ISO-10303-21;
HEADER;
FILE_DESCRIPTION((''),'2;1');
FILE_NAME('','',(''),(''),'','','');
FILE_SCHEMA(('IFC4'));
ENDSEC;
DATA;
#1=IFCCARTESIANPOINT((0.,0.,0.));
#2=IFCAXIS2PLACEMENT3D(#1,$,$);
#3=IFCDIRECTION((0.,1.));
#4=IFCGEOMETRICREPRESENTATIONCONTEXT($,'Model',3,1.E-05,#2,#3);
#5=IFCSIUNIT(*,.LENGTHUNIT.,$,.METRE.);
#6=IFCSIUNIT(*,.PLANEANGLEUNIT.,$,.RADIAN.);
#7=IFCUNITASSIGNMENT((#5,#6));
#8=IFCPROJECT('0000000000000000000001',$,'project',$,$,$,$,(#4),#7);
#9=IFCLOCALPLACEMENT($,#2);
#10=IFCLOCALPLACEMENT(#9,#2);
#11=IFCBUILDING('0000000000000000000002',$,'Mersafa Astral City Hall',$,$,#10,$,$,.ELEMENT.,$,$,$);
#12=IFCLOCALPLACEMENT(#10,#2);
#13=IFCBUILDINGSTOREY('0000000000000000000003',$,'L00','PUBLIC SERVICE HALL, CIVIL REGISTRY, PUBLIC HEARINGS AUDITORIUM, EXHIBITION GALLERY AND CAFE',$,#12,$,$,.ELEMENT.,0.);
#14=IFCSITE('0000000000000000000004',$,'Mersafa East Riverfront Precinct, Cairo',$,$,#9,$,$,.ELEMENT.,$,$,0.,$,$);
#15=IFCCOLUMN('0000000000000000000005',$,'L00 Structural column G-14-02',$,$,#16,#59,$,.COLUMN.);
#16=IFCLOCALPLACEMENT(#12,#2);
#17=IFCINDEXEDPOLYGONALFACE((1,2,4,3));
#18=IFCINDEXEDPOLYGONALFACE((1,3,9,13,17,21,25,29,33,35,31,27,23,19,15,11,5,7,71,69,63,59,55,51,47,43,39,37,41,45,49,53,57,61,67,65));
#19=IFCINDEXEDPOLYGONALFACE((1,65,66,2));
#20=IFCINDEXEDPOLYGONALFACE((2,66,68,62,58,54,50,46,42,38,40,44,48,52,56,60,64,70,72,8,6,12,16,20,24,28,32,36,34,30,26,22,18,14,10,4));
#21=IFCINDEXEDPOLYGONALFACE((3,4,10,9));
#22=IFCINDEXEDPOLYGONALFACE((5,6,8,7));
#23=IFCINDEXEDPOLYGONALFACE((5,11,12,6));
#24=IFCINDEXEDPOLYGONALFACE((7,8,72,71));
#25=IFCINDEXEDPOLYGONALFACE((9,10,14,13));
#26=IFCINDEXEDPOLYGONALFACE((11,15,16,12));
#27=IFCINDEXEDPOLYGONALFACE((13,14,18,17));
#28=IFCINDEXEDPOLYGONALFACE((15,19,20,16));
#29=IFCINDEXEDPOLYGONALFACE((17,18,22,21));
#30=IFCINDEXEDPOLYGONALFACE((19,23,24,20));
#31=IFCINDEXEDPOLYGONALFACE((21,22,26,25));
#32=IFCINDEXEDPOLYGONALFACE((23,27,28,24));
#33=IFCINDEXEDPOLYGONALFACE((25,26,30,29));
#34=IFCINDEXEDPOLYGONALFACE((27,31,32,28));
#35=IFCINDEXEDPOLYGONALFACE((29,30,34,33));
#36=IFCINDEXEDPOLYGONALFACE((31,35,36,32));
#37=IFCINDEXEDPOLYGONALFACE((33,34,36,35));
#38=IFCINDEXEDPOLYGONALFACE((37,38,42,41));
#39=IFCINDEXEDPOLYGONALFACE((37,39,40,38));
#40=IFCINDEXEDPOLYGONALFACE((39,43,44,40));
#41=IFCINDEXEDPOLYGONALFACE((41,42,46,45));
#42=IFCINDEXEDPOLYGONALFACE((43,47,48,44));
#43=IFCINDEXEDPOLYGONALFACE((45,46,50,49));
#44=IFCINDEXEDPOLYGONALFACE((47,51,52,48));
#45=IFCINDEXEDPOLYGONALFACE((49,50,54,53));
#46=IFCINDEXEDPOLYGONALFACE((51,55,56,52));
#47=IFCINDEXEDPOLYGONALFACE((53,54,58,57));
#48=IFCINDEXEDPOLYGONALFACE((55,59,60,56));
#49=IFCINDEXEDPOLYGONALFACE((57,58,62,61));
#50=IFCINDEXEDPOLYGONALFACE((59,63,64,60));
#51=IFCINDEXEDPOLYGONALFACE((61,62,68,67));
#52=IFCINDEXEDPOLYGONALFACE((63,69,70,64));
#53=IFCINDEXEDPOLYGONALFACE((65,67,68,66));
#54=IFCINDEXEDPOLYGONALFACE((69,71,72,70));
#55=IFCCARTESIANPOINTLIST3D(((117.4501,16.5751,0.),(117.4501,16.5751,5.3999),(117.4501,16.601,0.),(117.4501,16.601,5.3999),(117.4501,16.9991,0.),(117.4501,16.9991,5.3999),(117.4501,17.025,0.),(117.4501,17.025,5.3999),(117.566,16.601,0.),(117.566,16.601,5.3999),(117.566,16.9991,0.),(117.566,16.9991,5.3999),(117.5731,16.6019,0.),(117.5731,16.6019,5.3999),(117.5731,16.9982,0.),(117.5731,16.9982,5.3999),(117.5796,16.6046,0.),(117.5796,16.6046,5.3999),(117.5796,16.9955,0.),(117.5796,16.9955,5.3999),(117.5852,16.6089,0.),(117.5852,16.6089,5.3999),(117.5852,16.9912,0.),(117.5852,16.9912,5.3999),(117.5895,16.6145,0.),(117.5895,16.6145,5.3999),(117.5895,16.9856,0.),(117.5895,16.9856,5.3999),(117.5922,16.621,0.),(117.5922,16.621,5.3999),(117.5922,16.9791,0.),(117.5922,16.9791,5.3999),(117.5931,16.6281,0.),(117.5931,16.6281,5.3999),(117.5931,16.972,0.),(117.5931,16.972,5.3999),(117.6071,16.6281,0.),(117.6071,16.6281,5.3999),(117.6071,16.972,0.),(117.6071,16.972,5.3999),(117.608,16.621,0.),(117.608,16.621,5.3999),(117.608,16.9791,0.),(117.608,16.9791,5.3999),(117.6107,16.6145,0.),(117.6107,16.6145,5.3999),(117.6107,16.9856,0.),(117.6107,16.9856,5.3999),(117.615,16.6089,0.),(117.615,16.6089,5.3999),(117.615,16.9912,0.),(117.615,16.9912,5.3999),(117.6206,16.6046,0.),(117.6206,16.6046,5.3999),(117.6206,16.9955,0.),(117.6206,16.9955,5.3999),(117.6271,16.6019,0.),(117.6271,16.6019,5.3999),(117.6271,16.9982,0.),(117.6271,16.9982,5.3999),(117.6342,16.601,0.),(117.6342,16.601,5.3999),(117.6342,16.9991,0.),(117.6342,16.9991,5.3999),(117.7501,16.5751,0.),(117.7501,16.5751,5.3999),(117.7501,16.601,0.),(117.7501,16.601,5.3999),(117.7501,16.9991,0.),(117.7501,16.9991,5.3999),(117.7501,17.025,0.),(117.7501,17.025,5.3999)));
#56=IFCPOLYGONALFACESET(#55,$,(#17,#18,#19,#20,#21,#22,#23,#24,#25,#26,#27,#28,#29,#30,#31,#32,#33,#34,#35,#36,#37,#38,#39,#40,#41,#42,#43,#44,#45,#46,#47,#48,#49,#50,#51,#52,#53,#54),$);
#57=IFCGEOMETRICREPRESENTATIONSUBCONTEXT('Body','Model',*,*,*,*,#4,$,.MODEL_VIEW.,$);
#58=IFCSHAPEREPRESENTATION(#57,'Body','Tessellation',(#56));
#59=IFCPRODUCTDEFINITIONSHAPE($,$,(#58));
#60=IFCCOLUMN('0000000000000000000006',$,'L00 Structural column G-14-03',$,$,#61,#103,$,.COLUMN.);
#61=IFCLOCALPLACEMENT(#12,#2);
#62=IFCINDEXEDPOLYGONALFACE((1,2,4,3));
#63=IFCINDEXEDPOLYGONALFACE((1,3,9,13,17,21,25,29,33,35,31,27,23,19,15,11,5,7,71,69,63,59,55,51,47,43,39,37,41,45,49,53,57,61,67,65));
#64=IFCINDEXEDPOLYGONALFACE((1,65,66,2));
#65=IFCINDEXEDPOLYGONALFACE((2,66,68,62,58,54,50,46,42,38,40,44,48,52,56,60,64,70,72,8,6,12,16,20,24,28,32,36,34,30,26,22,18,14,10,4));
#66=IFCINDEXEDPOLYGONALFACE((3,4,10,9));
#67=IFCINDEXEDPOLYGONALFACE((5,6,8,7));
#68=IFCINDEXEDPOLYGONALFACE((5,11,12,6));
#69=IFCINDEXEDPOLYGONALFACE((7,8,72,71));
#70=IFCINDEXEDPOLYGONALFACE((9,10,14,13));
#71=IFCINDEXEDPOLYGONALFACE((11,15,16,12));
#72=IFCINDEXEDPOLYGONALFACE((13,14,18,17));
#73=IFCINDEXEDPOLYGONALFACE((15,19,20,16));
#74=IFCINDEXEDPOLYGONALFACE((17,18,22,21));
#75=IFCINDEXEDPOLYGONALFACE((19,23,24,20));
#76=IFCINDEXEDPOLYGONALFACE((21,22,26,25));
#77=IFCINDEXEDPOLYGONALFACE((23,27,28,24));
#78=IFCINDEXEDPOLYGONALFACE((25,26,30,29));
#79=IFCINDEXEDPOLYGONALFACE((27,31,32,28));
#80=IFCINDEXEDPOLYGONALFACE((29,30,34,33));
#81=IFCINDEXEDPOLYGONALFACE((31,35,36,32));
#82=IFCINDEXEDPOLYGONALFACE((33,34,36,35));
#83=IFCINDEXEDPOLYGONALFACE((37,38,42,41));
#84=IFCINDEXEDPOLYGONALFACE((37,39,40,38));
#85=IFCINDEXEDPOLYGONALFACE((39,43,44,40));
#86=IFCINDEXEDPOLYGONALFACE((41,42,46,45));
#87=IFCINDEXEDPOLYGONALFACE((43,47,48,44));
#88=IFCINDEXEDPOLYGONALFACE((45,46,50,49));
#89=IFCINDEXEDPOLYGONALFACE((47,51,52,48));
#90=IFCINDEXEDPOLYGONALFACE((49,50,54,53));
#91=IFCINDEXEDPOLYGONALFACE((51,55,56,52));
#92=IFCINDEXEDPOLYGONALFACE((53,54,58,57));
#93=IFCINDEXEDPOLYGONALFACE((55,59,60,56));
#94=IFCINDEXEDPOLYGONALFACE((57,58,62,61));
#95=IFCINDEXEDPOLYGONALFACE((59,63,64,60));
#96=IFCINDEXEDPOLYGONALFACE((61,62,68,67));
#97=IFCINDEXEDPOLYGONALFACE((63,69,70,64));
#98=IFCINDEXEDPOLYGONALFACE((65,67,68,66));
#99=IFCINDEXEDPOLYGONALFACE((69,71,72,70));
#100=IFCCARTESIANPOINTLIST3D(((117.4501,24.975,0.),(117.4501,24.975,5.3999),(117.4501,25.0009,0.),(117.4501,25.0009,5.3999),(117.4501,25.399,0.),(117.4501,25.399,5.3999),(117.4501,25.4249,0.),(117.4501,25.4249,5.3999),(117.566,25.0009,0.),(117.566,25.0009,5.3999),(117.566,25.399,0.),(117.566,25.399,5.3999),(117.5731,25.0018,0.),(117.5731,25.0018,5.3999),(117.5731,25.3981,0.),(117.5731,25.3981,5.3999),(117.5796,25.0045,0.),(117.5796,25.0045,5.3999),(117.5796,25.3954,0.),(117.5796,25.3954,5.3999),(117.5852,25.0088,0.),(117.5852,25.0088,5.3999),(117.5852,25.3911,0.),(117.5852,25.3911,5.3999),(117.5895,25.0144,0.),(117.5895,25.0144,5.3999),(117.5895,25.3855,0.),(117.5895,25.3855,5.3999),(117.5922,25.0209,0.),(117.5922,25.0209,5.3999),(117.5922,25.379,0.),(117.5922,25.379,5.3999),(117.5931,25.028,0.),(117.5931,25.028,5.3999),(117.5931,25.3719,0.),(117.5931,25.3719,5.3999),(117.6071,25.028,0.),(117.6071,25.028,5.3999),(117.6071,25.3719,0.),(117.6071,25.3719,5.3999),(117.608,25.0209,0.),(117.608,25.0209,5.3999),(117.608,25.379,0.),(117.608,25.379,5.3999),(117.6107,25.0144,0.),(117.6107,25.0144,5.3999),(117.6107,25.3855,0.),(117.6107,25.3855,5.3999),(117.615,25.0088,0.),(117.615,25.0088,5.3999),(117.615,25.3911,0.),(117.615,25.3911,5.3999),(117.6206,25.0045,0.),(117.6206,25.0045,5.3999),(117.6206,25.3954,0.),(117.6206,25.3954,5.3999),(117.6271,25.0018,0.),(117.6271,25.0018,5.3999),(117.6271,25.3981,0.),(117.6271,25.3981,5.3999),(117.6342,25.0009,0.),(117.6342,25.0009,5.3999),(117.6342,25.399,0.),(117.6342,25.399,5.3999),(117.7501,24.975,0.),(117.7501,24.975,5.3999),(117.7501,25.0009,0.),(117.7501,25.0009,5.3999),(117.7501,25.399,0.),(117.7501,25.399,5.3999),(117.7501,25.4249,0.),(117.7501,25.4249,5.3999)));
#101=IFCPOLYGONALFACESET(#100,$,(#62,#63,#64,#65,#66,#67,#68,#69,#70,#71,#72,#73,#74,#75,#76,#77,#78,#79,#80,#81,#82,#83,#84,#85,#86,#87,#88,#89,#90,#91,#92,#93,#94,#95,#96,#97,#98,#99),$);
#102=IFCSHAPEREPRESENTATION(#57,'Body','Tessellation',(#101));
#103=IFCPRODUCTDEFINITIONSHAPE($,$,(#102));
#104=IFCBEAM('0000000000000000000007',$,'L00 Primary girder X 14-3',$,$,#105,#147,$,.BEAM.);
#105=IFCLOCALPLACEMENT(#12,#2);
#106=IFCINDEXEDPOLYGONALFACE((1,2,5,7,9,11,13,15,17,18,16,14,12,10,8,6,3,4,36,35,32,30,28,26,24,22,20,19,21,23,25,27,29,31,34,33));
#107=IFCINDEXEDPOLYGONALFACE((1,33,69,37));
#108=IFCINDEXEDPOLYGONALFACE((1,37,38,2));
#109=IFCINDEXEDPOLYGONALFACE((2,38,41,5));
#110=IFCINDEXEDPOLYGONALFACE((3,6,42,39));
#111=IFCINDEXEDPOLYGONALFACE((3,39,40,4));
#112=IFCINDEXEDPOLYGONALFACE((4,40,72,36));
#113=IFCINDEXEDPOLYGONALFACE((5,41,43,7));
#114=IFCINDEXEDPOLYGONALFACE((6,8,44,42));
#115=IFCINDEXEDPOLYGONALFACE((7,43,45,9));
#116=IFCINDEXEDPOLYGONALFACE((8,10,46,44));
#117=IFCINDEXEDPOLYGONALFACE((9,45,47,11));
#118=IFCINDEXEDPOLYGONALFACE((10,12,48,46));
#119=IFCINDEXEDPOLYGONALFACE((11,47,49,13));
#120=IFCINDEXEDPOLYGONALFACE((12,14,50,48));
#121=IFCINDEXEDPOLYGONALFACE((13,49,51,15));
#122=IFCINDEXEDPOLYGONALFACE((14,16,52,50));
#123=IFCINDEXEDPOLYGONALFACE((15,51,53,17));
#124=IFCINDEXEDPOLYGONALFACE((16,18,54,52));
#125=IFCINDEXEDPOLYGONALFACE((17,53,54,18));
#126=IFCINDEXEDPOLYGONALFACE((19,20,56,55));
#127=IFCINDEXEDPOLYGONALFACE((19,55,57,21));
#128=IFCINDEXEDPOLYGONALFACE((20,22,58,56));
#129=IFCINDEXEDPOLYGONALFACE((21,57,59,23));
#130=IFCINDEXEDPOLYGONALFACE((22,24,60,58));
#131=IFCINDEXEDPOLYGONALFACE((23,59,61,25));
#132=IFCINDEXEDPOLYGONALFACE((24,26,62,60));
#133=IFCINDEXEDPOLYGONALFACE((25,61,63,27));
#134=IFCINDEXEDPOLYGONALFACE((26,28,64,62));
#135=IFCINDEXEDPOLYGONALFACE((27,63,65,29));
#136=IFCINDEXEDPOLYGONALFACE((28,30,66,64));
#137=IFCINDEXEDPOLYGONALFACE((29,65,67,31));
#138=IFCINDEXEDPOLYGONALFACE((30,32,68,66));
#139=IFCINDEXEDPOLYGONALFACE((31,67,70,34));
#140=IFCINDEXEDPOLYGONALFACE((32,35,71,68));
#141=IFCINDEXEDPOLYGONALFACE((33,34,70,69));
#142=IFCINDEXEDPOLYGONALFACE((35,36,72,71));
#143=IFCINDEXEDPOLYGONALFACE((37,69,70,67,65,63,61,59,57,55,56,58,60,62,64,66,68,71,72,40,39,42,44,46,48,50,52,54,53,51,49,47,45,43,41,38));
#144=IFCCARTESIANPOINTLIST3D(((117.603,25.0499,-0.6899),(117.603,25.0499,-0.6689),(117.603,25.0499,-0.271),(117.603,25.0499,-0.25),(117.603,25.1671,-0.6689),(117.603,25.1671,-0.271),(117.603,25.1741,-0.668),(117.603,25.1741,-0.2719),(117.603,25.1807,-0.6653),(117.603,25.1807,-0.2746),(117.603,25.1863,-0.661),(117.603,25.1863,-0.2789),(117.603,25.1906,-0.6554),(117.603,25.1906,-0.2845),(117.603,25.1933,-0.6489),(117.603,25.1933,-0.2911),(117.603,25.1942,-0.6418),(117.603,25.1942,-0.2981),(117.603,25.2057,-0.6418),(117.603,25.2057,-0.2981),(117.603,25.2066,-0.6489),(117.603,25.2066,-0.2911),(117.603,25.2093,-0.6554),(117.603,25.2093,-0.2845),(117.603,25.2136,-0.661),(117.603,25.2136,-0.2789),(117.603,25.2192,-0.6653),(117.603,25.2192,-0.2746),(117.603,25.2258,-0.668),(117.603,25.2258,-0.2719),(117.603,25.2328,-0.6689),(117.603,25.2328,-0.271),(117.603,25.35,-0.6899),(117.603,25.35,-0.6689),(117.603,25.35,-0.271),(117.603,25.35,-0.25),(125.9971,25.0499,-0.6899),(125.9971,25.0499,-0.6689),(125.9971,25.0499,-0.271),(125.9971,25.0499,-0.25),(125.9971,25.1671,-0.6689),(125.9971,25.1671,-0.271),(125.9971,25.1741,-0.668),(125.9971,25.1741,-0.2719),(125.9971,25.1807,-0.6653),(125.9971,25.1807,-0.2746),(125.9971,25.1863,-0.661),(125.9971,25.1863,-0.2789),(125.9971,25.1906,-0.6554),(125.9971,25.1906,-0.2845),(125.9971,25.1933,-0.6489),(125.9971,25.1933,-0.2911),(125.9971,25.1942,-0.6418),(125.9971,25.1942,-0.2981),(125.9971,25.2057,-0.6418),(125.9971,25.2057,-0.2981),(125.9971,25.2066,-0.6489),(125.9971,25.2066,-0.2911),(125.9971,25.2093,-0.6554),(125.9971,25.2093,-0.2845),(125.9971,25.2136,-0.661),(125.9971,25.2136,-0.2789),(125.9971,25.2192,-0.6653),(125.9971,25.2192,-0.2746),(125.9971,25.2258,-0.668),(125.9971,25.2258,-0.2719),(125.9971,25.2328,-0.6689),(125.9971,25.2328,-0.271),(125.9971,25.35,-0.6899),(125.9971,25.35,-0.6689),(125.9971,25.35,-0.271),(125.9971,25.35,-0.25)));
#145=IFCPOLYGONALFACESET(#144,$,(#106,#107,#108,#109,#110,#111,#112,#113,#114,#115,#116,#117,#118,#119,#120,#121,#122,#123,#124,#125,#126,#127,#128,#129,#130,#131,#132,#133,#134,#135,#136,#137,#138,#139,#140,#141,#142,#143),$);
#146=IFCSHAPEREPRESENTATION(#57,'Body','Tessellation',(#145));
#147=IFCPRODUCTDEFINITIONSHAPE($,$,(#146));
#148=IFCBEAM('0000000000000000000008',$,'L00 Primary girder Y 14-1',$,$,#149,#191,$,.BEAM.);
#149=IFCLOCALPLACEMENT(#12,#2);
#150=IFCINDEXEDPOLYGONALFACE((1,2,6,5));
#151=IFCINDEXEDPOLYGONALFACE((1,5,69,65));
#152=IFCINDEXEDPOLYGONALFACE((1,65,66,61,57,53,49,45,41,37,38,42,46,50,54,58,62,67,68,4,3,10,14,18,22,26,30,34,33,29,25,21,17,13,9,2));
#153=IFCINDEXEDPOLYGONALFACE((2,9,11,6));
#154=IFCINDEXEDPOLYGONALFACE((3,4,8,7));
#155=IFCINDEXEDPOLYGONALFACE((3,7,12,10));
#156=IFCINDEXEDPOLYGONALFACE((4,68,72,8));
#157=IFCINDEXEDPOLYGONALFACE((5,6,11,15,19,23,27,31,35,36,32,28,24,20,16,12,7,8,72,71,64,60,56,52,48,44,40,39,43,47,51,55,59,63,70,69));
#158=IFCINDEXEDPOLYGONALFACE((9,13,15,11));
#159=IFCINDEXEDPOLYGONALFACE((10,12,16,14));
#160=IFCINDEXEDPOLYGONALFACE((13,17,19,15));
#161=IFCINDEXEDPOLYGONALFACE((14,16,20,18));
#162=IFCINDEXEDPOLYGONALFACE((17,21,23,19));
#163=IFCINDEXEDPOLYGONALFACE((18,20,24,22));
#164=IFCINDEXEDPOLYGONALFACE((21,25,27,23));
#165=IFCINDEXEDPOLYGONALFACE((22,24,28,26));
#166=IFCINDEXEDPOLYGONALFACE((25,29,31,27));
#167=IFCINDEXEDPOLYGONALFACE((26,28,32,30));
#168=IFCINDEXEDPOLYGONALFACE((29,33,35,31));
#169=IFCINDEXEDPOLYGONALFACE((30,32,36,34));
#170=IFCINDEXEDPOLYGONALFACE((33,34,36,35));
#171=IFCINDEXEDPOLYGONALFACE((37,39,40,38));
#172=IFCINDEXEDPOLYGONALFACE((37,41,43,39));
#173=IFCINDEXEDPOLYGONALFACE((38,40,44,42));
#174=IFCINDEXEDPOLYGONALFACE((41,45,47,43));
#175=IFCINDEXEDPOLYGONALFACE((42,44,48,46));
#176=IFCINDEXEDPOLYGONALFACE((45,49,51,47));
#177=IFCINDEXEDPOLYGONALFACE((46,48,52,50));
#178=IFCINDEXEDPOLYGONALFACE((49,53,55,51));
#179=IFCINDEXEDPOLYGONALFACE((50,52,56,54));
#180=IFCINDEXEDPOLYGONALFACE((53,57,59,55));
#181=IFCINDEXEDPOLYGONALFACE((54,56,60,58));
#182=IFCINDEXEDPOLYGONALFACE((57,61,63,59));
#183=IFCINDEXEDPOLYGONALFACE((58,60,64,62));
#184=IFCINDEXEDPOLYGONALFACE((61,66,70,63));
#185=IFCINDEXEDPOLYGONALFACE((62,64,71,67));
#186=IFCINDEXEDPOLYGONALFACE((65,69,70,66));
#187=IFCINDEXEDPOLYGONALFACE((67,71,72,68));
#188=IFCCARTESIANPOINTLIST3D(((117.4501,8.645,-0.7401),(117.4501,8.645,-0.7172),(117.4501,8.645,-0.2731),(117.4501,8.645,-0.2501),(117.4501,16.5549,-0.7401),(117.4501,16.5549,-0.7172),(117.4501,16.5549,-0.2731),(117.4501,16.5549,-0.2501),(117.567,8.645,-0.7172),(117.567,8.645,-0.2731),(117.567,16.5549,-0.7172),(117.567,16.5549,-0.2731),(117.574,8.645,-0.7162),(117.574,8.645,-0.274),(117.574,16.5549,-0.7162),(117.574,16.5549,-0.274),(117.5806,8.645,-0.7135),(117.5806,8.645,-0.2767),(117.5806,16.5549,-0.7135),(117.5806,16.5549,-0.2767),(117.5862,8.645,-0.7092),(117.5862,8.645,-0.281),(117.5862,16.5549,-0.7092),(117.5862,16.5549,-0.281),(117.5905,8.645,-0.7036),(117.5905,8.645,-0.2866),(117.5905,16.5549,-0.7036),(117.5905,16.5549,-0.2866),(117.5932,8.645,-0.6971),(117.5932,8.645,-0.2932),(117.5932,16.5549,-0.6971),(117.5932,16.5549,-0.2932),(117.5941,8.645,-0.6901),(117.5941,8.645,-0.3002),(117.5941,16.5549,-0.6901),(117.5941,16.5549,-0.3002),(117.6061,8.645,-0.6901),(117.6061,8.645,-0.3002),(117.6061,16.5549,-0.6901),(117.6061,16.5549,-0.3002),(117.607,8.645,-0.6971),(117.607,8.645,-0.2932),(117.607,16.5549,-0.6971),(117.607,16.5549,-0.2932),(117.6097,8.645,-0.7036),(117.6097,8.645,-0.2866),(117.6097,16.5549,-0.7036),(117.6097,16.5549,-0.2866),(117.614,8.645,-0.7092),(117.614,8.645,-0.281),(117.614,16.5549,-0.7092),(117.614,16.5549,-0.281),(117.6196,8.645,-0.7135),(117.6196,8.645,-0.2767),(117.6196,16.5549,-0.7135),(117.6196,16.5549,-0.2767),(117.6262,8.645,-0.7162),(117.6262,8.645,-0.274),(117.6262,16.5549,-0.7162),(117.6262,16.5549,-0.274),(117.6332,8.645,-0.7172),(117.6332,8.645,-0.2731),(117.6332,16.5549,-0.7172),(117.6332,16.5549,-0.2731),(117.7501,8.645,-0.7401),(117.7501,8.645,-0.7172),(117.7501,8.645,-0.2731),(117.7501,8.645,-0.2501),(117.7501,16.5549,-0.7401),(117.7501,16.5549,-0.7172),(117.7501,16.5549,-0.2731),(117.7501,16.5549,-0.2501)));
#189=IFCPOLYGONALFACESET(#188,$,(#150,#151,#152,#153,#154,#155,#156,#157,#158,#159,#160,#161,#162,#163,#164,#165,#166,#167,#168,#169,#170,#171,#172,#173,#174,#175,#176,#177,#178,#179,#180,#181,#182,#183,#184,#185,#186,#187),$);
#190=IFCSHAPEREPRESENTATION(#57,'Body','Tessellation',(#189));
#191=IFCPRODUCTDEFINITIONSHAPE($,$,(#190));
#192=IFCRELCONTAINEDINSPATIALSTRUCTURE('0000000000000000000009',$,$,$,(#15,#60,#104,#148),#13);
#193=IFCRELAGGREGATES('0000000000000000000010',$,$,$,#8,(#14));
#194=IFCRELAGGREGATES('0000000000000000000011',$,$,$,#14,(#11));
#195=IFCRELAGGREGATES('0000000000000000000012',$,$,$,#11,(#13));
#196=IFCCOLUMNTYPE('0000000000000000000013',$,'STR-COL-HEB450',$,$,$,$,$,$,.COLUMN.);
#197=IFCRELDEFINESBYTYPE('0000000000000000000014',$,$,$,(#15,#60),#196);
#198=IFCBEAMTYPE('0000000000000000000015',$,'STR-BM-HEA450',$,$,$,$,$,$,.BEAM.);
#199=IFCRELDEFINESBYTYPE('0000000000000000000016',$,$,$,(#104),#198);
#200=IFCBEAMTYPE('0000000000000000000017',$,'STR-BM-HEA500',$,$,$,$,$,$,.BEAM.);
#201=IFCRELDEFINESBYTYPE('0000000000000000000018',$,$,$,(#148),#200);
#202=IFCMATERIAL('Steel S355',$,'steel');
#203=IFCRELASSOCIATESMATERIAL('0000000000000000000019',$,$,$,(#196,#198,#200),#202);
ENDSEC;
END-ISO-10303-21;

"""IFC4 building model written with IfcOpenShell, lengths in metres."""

from ifc_helpers import new_model, si_unit, direction, frame, origin, origin_2d, place, context, subcontext, project, spatial, i_section, extrude, material, material_profile, profile_set, type_object, element, save


model = new_model("IFC4")

# Units and contexts
model_context = context("Model", 3, precision=1e-05, world=origin(), true_north=direction((0.0, 1.0)))
body_context = subcontext(model_context, "Body", "Model", "MODEL_VIEW")
ifc_project = project(units=[si_unit("LENGTHUNIT", "METRE"), si_unit("PLANEANGLEUNIT", "RADIAN")], contexts=[model_context])

# Site, building, storey
site_placement = place(None, origin())
site = spatial("IfcSite", under=ifc_project, at=site_placement, Name="Mersafa East Riverfront Precinct, Cairo", CompositionType="ELEMENT", RefElevation=0.0)
building_placement = place(site_placement, origin())
building = spatial("IfcBuilding", under=site, at=building_placement, Name="Mersafa Astral City Hall", CompositionType="ELEMENT")
storey_placement = place(building_placement, origin())
storey = spatial("IfcBuildingStorey", under=building, at=storey_placement, Name="L00", Description="PUBLIC SERVICE HALL, CIVIL REGISTRY, PUBLIC HEARINGS AUDITORIUM, EXHIBITION GALLERY AND CAFE", CompositionType="ELEMENT", Elevation=0.0)

# Columns
ifc_material_1 = material(Name="Steel S355", Category="steel")
ifc_material_profile_1 = material_profile(ifc_material_1, i_section(OverallWidth=0.3, OverallDepth=0.45, WebThickness=0.0139, FlangeThickness=0.0259, FilletRadius=0.0271, at=origin_2d()), Name="HEB 450")
ifc_profile_set_1 = profile_set([ifc_material_profile_1], Name="Steel S355")
column_type = type_object("IfcColumnType", Name="STR-COL-HEB450", PredefinedType="COLUMN", material=ifc_profile_set_1)
for number, where, z_axis, x_axis, name in (
    (1, (117.6001, 16.8, 0.0), (0.0, 0.0, 1.0), (1.0, 0.0, 0.0), "L00 Structural column G-14-02"),
    (2, (117.6001, 25.2, 0.0), (0.0, 0.0, 1.0), (1.0, 0.0, 0.0), "L00 Structural column G-14-03"),
):
    element("IfcColumn", number, at=place(storey_placement, frame(where, z_axis=z_axis, x_axis=x_axis)), inside=storey, type_object=column_type, Name=name, PredefinedType="COLUMN", context=body_context, shape_type="SweptSolid", body=[
        extrude(i_section(OverallWidth=0.3, OverallDepth=0.45, WebThickness=0.0139, FlangeThickness=0.0259, FilletRadius=0.0271, at=origin_2d()), origin(), (0.0, 0.0, 1.0), 5.3999),
    ])

# Beams
ifc_material_profile_2 = material_profile(ifc_material_1, i_section(OverallWidth=0.3, OverallDepth=0.4399, WebThickness=0.0115, FlangeThickness=0.021, FilletRadius=0.0271, at=origin_2d()), Name="HEA 450")
ifc_profile_set_2 = profile_set([ifc_material_profile_2], Name="Steel S355")
beam_type_1 = type_object("IfcBeamType", Name="STR-BM-HEA450", PredefinedType="BEAM", material=ifc_profile_set_2)
beam_1_placement = place(storey_placement, frame((117.603, 25.2, -0.47), z_axis=(1.0, 0.0, 0.0), x_axis=(0.0, 1.0, 0.0)))
element("IfcBeam", 3, at=beam_1_placement, inside=storey, type_object=beam_type_1, Name="L00 Primary girder X 14-3", PredefinedType="BEAM", context=body_context, shape_type="SweptSolid", body=[
    extrude(i_section(OverallWidth=0.3, OverallDepth=0.4399, WebThickness=0.0115, FlangeThickness=0.021, FilletRadius=0.0271, at=origin_2d()), origin(), (0.0, 0.0, 1.0), 8.394),
])
ifc_material_profile_3 = material_profile(ifc_material_1, i_section(OverallWidth=0.3, OverallDepth=0.49, WebThickness=0.012, FlangeThickness=0.0229, FilletRadius=0.0271, at=origin_2d()), Name="HEA 500")
ifc_profile_set_3 = profile_set([ifc_material_profile_3], Name="Steel S355")
beam_type_2 = type_object("IfcBeamType", Name="STR-BM-HEA500", PredefinedType="BEAM", material=ifc_profile_set_3)
beam_2_placement = place(storey_placement, frame((117.6001, 8.645, -0.4951), z_axis=(0.0, 1.0, 0.0), x_axis=(-1.0, 0.0, 0.0)))
element("IfcBeam", 4, at=beam_2_placement, inside=storey, type_object=beam_type_2, Name="L00 Primary girder Y 14-1", PredefinedType="BEAM", context=body_context, shape_type="SweptSolid", body=[
    extrude(i_section(OverallWidth=0.3, OverallDepth=0.49, WebThickness=0.012, FlangeThickness=0.0229, FilletRadius=0.0271, at=origin_2d()), origin(), (0.0, 0.0, 1.0), 7.9099),
])

save(model, "model.ifc")
